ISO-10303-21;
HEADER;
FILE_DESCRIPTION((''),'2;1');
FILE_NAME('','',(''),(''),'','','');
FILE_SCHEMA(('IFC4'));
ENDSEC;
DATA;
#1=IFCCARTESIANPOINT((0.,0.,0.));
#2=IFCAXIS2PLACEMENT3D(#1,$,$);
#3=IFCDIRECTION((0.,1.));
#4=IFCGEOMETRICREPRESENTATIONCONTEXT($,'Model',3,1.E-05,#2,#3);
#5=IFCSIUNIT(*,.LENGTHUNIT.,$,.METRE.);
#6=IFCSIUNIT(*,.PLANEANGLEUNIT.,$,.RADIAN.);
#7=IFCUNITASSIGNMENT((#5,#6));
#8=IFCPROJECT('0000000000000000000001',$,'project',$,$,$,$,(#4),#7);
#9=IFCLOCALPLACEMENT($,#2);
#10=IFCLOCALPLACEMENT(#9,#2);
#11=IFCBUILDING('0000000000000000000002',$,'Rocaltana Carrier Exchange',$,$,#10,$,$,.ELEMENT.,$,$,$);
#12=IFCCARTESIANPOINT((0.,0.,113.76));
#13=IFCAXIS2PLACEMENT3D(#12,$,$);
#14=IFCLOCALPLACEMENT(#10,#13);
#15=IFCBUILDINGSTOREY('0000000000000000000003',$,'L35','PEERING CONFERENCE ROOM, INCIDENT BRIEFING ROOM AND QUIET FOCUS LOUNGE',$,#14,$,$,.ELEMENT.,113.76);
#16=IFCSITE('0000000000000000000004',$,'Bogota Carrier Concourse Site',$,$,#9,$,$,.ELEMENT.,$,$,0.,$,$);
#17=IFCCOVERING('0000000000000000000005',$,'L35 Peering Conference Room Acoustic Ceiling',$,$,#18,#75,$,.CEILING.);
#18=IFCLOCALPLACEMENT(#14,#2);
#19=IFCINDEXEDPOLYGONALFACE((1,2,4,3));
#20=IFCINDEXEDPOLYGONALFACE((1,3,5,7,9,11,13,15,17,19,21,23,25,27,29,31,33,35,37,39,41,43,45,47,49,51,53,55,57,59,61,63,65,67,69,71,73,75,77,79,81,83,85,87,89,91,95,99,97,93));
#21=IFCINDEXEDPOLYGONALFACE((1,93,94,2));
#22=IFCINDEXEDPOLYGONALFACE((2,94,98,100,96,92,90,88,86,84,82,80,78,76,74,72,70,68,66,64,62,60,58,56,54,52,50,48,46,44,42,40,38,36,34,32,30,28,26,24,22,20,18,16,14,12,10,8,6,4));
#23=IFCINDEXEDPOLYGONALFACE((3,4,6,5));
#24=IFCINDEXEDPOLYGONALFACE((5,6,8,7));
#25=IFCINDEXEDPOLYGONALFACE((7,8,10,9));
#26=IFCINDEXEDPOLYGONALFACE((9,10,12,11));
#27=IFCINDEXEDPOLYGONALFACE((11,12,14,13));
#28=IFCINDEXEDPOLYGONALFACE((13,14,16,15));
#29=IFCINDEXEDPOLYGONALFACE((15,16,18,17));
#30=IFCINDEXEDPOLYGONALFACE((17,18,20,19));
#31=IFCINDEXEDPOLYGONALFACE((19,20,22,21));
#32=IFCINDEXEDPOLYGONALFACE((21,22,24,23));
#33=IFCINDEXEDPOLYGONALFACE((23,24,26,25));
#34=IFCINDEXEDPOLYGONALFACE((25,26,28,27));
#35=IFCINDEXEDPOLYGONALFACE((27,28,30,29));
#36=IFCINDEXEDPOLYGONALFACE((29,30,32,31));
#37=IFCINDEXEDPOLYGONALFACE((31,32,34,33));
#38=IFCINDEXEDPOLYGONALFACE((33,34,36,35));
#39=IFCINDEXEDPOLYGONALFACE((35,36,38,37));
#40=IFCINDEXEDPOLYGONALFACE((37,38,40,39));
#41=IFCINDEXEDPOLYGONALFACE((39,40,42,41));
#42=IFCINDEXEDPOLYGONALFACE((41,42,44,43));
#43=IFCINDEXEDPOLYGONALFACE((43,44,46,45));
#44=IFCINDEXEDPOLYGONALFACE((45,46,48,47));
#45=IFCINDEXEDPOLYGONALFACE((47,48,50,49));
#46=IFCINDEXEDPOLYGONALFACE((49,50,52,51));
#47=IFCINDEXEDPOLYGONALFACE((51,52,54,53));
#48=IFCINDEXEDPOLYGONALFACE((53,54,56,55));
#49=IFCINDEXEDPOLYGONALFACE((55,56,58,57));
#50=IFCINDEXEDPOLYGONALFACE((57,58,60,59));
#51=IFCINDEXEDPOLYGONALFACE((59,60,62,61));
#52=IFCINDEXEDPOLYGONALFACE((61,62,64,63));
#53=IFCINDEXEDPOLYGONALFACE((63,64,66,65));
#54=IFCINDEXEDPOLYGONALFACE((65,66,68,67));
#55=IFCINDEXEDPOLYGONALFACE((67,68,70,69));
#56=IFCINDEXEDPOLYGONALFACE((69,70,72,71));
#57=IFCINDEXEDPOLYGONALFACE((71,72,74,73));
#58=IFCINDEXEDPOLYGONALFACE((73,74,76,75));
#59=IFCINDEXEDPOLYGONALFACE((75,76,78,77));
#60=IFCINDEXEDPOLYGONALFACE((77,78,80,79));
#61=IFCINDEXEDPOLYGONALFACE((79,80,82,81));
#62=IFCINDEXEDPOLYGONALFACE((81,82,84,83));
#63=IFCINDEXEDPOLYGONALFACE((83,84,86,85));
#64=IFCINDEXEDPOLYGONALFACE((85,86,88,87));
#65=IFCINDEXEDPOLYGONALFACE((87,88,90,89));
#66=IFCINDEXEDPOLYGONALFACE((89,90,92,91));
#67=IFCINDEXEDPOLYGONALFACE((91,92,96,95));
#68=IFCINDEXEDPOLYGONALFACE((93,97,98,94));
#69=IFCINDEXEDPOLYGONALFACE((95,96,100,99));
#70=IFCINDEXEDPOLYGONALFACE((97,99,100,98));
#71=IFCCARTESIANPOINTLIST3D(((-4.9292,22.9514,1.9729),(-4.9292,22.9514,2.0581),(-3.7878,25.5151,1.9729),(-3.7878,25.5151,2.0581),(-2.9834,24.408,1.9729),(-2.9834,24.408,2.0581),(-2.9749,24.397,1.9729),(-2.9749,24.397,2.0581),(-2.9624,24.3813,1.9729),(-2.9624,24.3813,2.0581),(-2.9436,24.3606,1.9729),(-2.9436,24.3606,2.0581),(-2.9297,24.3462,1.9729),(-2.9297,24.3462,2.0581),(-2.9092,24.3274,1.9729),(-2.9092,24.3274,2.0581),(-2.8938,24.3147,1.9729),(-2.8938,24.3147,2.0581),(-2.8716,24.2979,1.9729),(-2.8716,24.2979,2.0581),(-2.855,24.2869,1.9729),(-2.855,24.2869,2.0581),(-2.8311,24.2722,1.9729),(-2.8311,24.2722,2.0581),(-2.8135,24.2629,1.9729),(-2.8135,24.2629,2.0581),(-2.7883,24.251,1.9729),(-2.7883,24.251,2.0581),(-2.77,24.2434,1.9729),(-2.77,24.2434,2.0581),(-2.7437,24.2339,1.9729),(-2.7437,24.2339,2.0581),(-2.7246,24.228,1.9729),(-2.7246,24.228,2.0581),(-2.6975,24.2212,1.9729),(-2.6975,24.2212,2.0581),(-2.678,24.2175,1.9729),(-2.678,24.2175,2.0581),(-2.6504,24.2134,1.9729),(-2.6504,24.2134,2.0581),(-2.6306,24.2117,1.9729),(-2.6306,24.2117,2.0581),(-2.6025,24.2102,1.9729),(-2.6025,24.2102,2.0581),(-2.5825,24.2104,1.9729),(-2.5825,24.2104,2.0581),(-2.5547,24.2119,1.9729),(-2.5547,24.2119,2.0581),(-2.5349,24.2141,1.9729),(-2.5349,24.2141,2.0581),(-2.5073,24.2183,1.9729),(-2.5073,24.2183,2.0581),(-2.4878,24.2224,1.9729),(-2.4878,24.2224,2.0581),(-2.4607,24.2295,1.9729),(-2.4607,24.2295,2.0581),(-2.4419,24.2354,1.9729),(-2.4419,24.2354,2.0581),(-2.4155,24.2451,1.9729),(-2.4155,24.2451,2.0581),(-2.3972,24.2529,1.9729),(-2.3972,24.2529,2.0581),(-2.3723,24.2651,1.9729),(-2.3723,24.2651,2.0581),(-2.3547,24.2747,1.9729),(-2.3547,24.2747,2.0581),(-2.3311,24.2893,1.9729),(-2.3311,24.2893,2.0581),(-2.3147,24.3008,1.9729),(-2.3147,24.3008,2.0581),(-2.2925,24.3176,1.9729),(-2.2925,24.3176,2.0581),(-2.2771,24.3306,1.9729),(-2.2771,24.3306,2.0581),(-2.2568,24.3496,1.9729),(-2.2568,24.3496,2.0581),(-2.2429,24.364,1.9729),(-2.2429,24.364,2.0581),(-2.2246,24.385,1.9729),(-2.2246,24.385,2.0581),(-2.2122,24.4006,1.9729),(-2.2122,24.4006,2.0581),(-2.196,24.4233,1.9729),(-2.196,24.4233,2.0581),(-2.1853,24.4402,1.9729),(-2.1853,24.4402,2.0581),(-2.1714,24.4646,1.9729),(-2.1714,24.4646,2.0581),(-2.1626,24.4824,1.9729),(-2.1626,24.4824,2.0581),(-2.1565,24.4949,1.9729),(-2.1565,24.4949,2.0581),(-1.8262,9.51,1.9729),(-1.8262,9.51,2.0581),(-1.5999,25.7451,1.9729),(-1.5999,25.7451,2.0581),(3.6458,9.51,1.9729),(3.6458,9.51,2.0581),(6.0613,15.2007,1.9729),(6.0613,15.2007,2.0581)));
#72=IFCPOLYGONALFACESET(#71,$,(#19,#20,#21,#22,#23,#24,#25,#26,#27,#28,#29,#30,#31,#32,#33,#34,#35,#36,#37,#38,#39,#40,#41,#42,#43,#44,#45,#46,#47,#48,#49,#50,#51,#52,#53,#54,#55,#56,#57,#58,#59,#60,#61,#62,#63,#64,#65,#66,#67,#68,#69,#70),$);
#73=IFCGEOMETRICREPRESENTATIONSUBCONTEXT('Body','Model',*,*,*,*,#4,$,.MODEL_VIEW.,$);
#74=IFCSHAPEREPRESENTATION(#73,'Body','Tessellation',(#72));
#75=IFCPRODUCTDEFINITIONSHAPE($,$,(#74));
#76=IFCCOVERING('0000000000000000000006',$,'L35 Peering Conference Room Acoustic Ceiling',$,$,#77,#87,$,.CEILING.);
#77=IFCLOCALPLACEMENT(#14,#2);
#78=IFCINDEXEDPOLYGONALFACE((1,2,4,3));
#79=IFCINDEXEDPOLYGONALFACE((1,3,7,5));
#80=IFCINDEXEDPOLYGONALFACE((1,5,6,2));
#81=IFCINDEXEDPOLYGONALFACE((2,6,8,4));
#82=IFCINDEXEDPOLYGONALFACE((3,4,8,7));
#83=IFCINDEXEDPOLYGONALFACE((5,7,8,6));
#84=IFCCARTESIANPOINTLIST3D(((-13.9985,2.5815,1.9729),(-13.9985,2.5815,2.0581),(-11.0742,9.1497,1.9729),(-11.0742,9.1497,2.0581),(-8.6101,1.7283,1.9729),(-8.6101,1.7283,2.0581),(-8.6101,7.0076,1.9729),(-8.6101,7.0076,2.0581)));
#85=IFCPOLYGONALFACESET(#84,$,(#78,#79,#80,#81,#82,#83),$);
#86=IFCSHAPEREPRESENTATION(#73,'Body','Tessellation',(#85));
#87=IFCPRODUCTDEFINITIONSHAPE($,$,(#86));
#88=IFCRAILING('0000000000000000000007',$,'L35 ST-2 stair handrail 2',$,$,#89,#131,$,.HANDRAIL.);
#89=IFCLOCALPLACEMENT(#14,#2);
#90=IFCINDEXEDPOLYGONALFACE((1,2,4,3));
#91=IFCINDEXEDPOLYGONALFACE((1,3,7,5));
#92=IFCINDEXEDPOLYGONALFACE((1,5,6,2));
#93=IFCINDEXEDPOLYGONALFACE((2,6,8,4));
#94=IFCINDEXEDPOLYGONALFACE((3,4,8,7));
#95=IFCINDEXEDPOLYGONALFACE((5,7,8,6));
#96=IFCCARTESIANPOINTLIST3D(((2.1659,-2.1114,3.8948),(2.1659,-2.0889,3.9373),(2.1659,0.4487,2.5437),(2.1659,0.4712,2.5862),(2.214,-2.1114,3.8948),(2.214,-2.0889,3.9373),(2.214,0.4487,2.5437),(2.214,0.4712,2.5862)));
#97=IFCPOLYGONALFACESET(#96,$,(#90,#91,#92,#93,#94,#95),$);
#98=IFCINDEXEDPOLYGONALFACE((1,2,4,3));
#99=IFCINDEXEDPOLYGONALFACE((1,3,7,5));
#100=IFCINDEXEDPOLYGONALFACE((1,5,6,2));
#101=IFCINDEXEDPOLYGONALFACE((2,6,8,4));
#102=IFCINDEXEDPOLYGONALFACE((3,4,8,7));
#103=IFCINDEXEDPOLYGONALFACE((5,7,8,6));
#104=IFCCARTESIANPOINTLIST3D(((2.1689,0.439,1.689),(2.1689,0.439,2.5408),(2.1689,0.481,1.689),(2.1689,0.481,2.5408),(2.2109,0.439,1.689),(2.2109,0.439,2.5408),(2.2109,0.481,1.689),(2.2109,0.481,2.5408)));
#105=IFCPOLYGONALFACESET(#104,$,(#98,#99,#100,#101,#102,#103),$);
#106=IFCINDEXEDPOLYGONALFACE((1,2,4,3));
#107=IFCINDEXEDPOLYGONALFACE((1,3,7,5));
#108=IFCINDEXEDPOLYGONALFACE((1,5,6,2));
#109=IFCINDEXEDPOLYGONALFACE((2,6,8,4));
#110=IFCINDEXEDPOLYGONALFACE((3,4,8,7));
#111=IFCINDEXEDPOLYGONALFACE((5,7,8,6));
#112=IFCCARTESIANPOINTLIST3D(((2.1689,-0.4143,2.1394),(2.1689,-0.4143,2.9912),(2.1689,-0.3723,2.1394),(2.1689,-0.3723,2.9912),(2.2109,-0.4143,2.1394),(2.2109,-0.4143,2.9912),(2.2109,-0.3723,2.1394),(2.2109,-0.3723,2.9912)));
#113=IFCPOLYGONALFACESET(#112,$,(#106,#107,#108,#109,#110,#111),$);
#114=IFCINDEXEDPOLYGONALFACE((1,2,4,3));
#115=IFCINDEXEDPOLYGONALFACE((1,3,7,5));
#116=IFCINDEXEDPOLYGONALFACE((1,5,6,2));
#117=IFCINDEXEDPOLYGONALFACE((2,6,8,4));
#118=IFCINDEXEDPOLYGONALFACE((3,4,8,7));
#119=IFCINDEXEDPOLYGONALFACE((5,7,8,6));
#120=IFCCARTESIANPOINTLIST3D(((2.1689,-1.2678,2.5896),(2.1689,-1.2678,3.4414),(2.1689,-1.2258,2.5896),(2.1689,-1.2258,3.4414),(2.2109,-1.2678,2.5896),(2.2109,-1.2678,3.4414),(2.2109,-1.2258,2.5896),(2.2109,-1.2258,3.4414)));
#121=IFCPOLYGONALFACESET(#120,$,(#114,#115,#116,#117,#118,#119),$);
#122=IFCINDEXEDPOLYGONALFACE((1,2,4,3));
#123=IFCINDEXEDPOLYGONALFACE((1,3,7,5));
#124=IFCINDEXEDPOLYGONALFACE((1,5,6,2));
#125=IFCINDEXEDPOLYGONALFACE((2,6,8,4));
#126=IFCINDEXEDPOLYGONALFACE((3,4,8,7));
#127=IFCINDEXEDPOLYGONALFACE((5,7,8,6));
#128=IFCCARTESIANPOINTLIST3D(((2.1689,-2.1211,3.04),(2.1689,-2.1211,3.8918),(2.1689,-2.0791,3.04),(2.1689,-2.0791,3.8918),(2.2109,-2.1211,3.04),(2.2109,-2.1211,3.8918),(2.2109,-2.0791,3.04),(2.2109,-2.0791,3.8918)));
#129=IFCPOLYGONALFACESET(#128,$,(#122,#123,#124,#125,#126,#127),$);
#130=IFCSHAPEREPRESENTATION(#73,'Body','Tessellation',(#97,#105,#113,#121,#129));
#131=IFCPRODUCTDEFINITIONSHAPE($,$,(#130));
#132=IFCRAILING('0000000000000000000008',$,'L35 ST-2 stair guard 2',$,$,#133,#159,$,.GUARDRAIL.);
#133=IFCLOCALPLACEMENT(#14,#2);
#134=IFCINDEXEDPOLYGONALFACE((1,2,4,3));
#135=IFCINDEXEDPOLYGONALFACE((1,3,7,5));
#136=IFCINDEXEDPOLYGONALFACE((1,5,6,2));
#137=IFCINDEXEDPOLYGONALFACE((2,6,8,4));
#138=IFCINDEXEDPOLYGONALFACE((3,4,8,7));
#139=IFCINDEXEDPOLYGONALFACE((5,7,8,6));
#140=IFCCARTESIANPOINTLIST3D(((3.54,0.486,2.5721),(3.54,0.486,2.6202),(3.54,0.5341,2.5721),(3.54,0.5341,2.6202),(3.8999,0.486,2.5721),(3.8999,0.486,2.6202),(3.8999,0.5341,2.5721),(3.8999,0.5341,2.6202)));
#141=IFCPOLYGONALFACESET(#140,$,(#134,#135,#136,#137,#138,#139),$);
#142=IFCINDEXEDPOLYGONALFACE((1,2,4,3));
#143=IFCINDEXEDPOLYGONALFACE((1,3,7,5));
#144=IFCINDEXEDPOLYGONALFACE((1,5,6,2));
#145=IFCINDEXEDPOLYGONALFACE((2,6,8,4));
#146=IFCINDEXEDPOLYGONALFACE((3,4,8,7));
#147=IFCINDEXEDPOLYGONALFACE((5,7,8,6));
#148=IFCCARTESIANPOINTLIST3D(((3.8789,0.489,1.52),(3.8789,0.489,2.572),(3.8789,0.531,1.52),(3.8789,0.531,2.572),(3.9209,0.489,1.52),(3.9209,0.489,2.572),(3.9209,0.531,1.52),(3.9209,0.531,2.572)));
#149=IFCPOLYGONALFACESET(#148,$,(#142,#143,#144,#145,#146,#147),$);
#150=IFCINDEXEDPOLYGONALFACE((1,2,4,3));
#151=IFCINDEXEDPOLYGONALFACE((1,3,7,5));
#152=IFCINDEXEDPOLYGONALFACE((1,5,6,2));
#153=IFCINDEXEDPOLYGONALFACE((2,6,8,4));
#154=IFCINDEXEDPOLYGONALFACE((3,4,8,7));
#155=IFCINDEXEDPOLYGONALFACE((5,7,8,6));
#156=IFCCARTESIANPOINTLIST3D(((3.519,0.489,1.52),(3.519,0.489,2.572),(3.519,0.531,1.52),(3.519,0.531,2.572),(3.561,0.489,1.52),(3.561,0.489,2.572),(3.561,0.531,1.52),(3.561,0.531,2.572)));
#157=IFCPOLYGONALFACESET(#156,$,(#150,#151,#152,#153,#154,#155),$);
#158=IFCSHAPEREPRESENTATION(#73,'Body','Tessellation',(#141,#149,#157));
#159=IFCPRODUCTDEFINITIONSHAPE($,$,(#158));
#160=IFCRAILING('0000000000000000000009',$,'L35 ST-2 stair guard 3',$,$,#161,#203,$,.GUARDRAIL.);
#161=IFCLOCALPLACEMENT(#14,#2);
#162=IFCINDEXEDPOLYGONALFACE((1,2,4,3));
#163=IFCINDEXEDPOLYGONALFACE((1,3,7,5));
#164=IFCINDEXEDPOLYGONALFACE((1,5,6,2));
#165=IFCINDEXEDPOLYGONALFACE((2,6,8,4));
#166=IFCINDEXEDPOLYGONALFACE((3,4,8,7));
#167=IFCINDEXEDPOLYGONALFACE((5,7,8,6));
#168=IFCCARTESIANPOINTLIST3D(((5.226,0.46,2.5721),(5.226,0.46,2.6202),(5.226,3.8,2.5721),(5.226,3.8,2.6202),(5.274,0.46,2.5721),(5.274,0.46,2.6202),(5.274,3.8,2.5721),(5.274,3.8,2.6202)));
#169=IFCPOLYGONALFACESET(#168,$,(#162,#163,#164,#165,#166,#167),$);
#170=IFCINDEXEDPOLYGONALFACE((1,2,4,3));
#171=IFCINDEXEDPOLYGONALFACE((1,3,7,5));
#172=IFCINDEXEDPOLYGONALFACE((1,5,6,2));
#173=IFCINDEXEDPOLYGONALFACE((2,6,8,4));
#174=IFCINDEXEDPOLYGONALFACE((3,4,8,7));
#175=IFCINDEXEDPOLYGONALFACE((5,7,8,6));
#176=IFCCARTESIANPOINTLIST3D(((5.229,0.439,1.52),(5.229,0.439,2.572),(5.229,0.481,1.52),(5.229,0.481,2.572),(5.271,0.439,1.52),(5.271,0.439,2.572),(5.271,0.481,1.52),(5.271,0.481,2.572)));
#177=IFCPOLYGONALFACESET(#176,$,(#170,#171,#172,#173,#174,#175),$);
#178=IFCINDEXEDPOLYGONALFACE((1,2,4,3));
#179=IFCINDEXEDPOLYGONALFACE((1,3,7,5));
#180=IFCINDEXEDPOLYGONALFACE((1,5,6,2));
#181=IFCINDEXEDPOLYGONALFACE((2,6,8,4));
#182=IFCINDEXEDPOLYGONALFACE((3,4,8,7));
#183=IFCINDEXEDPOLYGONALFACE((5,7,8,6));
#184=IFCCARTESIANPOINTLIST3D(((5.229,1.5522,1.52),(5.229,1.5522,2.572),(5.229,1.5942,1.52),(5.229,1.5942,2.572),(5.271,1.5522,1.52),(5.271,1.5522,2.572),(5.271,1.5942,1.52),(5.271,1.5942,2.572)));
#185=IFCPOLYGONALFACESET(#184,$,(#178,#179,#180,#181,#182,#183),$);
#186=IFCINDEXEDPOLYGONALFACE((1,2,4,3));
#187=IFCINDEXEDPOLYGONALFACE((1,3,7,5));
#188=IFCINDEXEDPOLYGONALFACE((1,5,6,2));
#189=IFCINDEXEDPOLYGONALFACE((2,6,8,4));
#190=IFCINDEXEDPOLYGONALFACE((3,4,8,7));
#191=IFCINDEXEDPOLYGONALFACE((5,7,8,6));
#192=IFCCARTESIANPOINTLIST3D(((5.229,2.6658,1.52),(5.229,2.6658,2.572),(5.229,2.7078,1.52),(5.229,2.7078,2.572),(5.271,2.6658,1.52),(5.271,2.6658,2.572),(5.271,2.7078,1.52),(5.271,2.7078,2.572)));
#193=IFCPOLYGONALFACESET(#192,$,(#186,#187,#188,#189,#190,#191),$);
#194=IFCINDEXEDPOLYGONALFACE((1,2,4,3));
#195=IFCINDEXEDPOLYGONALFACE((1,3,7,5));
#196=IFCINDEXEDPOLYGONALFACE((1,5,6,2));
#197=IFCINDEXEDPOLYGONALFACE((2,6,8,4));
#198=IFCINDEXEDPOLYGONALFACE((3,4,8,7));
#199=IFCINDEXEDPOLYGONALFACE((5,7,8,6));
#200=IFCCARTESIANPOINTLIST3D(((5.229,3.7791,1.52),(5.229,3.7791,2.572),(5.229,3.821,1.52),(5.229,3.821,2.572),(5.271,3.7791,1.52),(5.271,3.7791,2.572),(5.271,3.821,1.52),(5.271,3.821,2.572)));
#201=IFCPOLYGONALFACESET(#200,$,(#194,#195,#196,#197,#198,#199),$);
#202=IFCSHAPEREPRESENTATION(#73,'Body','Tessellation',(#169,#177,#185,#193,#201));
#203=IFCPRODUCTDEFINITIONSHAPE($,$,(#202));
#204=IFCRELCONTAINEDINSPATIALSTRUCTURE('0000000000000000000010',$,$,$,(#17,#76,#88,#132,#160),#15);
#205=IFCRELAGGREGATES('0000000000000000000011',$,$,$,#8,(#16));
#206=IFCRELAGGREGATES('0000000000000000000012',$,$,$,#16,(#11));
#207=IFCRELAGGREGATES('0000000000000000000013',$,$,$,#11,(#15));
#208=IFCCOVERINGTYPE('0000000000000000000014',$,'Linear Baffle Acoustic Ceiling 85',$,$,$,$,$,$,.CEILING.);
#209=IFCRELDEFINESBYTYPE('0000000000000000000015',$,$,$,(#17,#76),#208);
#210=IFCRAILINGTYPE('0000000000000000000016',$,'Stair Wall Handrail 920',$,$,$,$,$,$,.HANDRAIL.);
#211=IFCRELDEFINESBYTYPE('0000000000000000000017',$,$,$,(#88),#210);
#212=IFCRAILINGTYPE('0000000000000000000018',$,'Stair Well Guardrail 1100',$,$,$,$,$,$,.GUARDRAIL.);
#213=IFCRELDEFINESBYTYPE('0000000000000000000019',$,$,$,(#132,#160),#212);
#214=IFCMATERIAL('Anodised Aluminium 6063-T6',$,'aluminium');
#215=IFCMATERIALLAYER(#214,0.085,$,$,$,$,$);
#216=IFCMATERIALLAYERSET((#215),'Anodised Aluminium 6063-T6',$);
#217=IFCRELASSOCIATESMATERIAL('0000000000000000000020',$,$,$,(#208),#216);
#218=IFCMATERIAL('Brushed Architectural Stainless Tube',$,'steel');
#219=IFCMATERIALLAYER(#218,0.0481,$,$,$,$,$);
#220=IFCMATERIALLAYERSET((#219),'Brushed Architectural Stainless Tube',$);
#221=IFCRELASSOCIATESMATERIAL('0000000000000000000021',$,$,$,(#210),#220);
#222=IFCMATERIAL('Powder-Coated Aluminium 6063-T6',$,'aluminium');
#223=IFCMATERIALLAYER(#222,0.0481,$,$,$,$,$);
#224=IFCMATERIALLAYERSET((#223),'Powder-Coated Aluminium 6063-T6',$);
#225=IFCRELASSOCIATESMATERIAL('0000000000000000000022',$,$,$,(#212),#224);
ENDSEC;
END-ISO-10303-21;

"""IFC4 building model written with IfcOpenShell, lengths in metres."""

from ifc_helpers import new_model, si_unit, direction, frame, origin, origin_2d, place, context, subcontext, project, spatial, polyline, rectangle, outline, extrude, material, layer, layer_set, type_object, element, save


model = new_model("IFC4")

# Units and contexts
model_context = context("Model", 3, precision=1e-05, world=origin(), true_north=direction((0.0, 1.0)))
body_context = subcontext(model_context, "Body", "Model", "MODEL_VIEW")
ifc_project = project(units=[si_unit("LENGTHUNIT", "METRE"), si_unit("PLANEANGLEUNIT", "RADIAN")], contexts=[model_context])

# Site, building, storey
site_placement = place(None, origin())
site = spatial("IfcSite", under=ifc_project, at=site_placement, Name="Bogota Carrier Concourse Site", CompositionType="ELEMENT", RefElevation=0.0)
building_placement = place(site_placement, origin())
building = spatial("IfcBuilding", under=site, at=building_placement, Name="Rocaltana Carrier Exchange", CompositionType="ELEMENT")
storey_placement = place(building_placement, frame((0.0, 0.0, 113.76)))
storey = spatial("IfcBuildingStorey", under=building, at=storey_placement, Name="L35", Description="PEERING CONFERENCE ROOM, INCIDENT BRIEFING ROOM AND QUIET FOCUS LOUNGE", CompositionType="ELEMENT", Elevation=113.76)

# Coverings
ifc_material_1 = material(Name="Anodised Aluminium 6063-T6", Category="aluminium")
ifc_layer_1 = layer(ifc_material_1, 0.085)
ifc_layer_set_1 = layer_set([ifc_layer_1], Name="Anodised Aluminium 6063-T6")
covering_type_1 = type_object("IfcCoveringType", Name="Linear Baffle Acoustic Ceiling 85", PredefinedType="CEILING", material=ifc_layer_set_1)
covering_1_placement = place(storey_placement, frame((0.0, 0.0, 1.9729)))
element("IfcCovering", 1, at=covering_1_placement, inside=storey, type_object=covering_type_1, Name="L35 Peering Conference Room Acoustic Ceiling", PredefinedType="CEILING", context=body_context, shape_type="SweptSolid", body=[
    extrude(outline(polyline([(-3.7878, 25.5151), (-2.9834, 24.408), (-2.9749, 24.397), (-2.9624, 24.3813), (-2.9436, 24.3606), (-2.9297, 24.3462), (-2.9092, 24.3274), (-2.8938, 24.3147), (-2.8716, 24.2979), (-2.855, 24.2869), (-2.8311, 24.2722), (-2.8135, 24.2629), (-2.7883, 24.251), (-2.77, 24.2434), (-2.7437, 24.2339), (-2.7246, 24.228), (-2.6975, 24.2212), (-2.678, 24.2175), (-2.6504, 24.2134), (-2.6306, 24.2117), (-2.6025, 24.2102), (-2.5825, 24.2104), (-2.5547, 24.2119), (-2.5349, 24.2141), (-2.5073, 24.2183), (-2.4878, 24.2224), (-2.4607, 24.2295), (-2.4419, 24.2354), (-2.4155, 24.2451), (-2.3972, 24.2529), (-2.3723, 24.2651), (-2.3547, 24.2747), (-2.3311, 24.2893), (-2.3147, 24.3008), (-2.2925, 24.3176), (-2.2771, 24.3306), (-2.2568, 24.3496), (-2.2429, 24.364), (-2.2246, 24.385), (-2.2122, 24.4006), (-2.196, 24.4233), (-2.1853, 24.4402), (-2.1714, 24.4646), (-2.1626, 24.4824), (-2.1565, 24.4949), (-1.5999, 25.7451), (6.0613, 15.2007), (3.6458, 9.51), (-1.8262, 9.51), (-4.9292, 22.9514), (-3.7878, 25.5151)])), origin(), (0.0, 0.0, 1.0), 0.0852),
])
covering_2_placement = place(storey_placement, frame((0.0, 0.0, 1.9729)))
element("IfcCovering", 2, at=covering_2_placement, inside=storey, type_object=covering_type_1, Name="L35 Peering Conference Room Acoustic Ceiling", PredefinedType="CEILING", context=body_context, shape_type="SweptSolid", body=[
    extrude(outline(polyline([(-11.0742, 9.1497), (-8.6101, 7.0076), (-8.6101, 1.7283), (-13.9985, 2.5815), (-11.0742, 9.1497)])), origin(), (0.0, 0.0, 1.0), 0.0852),
])

# Railings
ifc_material_2 = material(Name="Brushed Architectural Stainless Tube", Category="steel")
ifc_layer_2 = layer(ifc_material_2, 0.0481)
ifc_layer_set_2 = layer_set([ifc_layer_2], Name="Brushed Architectural Stainless Tube")
railing_type_1 = type_object("IfcRailingType", Name="Stair Wall Handrail 920", PredefinedType="HANDRAIL", material=ifc_layer_set_2)
railing_1_placement = place(storey_placement, frame((2.1899, 0.46, 1.689)))
element("IfcRailing", 3, at=railing_1_placement, inside=storey, type_object=railing_type_1, Name="L35 ST-2 stair handrail 2", PredefinedType="HANDRAIL", context=body_context, shape_type="SweptSolid", body=[
    extrude(rectangle(XDim=0.0481, YDim=0.0481, at=origin_2d()), frame((0.0, 0.0, 0.876), z_axis=(0.0, -0.884394, 0.46674), x_axis=(1.0, 0.0, 0.0)), (0.0, 0.0, 1.0), 2.8948),
    extrude(rectangle(XDim=0.042, YDim=0.042, at=origin_2d()), origin(), (0.0, 0.0, 1.0), 0.8518),
    extrude(rectangle(XDim=0.042, YDim=0.042, at=origin_2d()), frame((0.0, -0.8533, 0.4504)), (0.0, 0.0, 1.0), 0.8518),
    extrude(rectangle(XDim=0.042, YDim=0.042, at=origin_2d()), frame((0.0, -1.7068, 0.9006)), (0.0, 0.0, 1.0), 0.8518),
    extrude(rectangle(XDim=0.042, YDim=0.042, at=origin_2d()), frame((0.0, -2.5601, 1.3511)), (0.0, 0.0, 1.0), 0.8518),
])
ifc_material_3 = material(Name="Powder-Coated Aluminium 6063-T6", Category="aluminium")
ifc_layer_3 = layer(ifc_material_3, 0.0481)
ifc_layer_set_3 = layer_set([ifc_layer_3], Name="Powder-Coated Aluminium 6063-T6")
railing_type_2 = type_object("IfcRailingType", Name="Stair Well Guardrail 1100", PredefinedType="GUARDRAIL", material=ifc_layer_set_3)
railing_2_placement = place(storey_placement, frame((3.8999, 0.51, 1.52)))
element("IfcRailing", 4, at=railing_2_placement, inside=storey, type_object=railing_type_2, Name="L35 ST-2 stair guard 2", PredefinedType="GUARDRAIL", context=body_context, shape_type="SweptSolid", body=[
    extrude(rectangle(XDim=0.0481, YDim=0.0481, at=origin_2d()), frame((0.0, 0.0, 1.0762), z_axis=(-1.0, 0.0, 0.0), x_axis=(0.0, -1.0, 0.0)), (0.0, 0.0, 1.0), 0.3599),
    extrude(rectangle(XDim=0.042, YDim=0.042, at=origin_2d()), origin(), (0.0, 0.0, 1.0), 1.052),
    extrude(rectangle(XDim=0.042, YDim=0.042, at=origin_2d()), frame((-0.3599, 0.0, 0.0)), (0.0, 0.0, 1.0), 1.052),
])
for number, where, name in (
    (5, (5.25, 0.46, 1.52), "L35 ST-2 stair guard 3"),
):
    element("IfcRailing", number, at=place(storey_placement, frame(where)), inside=storey, type_object=railing_type_2, Name=name, PredefinedType="GUARDRAIL", context=body_context, shape_type="SweptSolid", body=[
        extrude(rectangle(XDim=0.0481, YDim=0.0481, at=origin_2d()), frame((0.0, 0.0, 1.0762), z_axis=(0.0, 1.0, 0.0), x_axis=(-1.0, 0.0, 0.0)), (0.0, 0.0, 1.0), 3.3401),
        extrude(rectangle(XDim=0.042, YDim=0.042, at=origin_2d()), origin(), (0.0, 0.0, 1.0), 1.052),
        extrude(rectangle(XDim=0.042, YDim=0.042, at=origin_2d()), frame((0.0, 1.1133, 0.0)), (0.0, 0.0, 1.0), 1.052),
        extrude(rectangle(XDim=0.042, YDim=0.042, at=origin_2d()), frame((0.0, 2.2268, 0.0)), (0.0, 0.0, 1.0), 1.052),
        extrude(rectangle(XDim=0.042, YDim=0.042, at=origin_2d()), frame((0.0, 3.3401, 0.0)), (0.0, 0.0, 1.0), 1.052),
    ])

save(model, "model.ifc")
